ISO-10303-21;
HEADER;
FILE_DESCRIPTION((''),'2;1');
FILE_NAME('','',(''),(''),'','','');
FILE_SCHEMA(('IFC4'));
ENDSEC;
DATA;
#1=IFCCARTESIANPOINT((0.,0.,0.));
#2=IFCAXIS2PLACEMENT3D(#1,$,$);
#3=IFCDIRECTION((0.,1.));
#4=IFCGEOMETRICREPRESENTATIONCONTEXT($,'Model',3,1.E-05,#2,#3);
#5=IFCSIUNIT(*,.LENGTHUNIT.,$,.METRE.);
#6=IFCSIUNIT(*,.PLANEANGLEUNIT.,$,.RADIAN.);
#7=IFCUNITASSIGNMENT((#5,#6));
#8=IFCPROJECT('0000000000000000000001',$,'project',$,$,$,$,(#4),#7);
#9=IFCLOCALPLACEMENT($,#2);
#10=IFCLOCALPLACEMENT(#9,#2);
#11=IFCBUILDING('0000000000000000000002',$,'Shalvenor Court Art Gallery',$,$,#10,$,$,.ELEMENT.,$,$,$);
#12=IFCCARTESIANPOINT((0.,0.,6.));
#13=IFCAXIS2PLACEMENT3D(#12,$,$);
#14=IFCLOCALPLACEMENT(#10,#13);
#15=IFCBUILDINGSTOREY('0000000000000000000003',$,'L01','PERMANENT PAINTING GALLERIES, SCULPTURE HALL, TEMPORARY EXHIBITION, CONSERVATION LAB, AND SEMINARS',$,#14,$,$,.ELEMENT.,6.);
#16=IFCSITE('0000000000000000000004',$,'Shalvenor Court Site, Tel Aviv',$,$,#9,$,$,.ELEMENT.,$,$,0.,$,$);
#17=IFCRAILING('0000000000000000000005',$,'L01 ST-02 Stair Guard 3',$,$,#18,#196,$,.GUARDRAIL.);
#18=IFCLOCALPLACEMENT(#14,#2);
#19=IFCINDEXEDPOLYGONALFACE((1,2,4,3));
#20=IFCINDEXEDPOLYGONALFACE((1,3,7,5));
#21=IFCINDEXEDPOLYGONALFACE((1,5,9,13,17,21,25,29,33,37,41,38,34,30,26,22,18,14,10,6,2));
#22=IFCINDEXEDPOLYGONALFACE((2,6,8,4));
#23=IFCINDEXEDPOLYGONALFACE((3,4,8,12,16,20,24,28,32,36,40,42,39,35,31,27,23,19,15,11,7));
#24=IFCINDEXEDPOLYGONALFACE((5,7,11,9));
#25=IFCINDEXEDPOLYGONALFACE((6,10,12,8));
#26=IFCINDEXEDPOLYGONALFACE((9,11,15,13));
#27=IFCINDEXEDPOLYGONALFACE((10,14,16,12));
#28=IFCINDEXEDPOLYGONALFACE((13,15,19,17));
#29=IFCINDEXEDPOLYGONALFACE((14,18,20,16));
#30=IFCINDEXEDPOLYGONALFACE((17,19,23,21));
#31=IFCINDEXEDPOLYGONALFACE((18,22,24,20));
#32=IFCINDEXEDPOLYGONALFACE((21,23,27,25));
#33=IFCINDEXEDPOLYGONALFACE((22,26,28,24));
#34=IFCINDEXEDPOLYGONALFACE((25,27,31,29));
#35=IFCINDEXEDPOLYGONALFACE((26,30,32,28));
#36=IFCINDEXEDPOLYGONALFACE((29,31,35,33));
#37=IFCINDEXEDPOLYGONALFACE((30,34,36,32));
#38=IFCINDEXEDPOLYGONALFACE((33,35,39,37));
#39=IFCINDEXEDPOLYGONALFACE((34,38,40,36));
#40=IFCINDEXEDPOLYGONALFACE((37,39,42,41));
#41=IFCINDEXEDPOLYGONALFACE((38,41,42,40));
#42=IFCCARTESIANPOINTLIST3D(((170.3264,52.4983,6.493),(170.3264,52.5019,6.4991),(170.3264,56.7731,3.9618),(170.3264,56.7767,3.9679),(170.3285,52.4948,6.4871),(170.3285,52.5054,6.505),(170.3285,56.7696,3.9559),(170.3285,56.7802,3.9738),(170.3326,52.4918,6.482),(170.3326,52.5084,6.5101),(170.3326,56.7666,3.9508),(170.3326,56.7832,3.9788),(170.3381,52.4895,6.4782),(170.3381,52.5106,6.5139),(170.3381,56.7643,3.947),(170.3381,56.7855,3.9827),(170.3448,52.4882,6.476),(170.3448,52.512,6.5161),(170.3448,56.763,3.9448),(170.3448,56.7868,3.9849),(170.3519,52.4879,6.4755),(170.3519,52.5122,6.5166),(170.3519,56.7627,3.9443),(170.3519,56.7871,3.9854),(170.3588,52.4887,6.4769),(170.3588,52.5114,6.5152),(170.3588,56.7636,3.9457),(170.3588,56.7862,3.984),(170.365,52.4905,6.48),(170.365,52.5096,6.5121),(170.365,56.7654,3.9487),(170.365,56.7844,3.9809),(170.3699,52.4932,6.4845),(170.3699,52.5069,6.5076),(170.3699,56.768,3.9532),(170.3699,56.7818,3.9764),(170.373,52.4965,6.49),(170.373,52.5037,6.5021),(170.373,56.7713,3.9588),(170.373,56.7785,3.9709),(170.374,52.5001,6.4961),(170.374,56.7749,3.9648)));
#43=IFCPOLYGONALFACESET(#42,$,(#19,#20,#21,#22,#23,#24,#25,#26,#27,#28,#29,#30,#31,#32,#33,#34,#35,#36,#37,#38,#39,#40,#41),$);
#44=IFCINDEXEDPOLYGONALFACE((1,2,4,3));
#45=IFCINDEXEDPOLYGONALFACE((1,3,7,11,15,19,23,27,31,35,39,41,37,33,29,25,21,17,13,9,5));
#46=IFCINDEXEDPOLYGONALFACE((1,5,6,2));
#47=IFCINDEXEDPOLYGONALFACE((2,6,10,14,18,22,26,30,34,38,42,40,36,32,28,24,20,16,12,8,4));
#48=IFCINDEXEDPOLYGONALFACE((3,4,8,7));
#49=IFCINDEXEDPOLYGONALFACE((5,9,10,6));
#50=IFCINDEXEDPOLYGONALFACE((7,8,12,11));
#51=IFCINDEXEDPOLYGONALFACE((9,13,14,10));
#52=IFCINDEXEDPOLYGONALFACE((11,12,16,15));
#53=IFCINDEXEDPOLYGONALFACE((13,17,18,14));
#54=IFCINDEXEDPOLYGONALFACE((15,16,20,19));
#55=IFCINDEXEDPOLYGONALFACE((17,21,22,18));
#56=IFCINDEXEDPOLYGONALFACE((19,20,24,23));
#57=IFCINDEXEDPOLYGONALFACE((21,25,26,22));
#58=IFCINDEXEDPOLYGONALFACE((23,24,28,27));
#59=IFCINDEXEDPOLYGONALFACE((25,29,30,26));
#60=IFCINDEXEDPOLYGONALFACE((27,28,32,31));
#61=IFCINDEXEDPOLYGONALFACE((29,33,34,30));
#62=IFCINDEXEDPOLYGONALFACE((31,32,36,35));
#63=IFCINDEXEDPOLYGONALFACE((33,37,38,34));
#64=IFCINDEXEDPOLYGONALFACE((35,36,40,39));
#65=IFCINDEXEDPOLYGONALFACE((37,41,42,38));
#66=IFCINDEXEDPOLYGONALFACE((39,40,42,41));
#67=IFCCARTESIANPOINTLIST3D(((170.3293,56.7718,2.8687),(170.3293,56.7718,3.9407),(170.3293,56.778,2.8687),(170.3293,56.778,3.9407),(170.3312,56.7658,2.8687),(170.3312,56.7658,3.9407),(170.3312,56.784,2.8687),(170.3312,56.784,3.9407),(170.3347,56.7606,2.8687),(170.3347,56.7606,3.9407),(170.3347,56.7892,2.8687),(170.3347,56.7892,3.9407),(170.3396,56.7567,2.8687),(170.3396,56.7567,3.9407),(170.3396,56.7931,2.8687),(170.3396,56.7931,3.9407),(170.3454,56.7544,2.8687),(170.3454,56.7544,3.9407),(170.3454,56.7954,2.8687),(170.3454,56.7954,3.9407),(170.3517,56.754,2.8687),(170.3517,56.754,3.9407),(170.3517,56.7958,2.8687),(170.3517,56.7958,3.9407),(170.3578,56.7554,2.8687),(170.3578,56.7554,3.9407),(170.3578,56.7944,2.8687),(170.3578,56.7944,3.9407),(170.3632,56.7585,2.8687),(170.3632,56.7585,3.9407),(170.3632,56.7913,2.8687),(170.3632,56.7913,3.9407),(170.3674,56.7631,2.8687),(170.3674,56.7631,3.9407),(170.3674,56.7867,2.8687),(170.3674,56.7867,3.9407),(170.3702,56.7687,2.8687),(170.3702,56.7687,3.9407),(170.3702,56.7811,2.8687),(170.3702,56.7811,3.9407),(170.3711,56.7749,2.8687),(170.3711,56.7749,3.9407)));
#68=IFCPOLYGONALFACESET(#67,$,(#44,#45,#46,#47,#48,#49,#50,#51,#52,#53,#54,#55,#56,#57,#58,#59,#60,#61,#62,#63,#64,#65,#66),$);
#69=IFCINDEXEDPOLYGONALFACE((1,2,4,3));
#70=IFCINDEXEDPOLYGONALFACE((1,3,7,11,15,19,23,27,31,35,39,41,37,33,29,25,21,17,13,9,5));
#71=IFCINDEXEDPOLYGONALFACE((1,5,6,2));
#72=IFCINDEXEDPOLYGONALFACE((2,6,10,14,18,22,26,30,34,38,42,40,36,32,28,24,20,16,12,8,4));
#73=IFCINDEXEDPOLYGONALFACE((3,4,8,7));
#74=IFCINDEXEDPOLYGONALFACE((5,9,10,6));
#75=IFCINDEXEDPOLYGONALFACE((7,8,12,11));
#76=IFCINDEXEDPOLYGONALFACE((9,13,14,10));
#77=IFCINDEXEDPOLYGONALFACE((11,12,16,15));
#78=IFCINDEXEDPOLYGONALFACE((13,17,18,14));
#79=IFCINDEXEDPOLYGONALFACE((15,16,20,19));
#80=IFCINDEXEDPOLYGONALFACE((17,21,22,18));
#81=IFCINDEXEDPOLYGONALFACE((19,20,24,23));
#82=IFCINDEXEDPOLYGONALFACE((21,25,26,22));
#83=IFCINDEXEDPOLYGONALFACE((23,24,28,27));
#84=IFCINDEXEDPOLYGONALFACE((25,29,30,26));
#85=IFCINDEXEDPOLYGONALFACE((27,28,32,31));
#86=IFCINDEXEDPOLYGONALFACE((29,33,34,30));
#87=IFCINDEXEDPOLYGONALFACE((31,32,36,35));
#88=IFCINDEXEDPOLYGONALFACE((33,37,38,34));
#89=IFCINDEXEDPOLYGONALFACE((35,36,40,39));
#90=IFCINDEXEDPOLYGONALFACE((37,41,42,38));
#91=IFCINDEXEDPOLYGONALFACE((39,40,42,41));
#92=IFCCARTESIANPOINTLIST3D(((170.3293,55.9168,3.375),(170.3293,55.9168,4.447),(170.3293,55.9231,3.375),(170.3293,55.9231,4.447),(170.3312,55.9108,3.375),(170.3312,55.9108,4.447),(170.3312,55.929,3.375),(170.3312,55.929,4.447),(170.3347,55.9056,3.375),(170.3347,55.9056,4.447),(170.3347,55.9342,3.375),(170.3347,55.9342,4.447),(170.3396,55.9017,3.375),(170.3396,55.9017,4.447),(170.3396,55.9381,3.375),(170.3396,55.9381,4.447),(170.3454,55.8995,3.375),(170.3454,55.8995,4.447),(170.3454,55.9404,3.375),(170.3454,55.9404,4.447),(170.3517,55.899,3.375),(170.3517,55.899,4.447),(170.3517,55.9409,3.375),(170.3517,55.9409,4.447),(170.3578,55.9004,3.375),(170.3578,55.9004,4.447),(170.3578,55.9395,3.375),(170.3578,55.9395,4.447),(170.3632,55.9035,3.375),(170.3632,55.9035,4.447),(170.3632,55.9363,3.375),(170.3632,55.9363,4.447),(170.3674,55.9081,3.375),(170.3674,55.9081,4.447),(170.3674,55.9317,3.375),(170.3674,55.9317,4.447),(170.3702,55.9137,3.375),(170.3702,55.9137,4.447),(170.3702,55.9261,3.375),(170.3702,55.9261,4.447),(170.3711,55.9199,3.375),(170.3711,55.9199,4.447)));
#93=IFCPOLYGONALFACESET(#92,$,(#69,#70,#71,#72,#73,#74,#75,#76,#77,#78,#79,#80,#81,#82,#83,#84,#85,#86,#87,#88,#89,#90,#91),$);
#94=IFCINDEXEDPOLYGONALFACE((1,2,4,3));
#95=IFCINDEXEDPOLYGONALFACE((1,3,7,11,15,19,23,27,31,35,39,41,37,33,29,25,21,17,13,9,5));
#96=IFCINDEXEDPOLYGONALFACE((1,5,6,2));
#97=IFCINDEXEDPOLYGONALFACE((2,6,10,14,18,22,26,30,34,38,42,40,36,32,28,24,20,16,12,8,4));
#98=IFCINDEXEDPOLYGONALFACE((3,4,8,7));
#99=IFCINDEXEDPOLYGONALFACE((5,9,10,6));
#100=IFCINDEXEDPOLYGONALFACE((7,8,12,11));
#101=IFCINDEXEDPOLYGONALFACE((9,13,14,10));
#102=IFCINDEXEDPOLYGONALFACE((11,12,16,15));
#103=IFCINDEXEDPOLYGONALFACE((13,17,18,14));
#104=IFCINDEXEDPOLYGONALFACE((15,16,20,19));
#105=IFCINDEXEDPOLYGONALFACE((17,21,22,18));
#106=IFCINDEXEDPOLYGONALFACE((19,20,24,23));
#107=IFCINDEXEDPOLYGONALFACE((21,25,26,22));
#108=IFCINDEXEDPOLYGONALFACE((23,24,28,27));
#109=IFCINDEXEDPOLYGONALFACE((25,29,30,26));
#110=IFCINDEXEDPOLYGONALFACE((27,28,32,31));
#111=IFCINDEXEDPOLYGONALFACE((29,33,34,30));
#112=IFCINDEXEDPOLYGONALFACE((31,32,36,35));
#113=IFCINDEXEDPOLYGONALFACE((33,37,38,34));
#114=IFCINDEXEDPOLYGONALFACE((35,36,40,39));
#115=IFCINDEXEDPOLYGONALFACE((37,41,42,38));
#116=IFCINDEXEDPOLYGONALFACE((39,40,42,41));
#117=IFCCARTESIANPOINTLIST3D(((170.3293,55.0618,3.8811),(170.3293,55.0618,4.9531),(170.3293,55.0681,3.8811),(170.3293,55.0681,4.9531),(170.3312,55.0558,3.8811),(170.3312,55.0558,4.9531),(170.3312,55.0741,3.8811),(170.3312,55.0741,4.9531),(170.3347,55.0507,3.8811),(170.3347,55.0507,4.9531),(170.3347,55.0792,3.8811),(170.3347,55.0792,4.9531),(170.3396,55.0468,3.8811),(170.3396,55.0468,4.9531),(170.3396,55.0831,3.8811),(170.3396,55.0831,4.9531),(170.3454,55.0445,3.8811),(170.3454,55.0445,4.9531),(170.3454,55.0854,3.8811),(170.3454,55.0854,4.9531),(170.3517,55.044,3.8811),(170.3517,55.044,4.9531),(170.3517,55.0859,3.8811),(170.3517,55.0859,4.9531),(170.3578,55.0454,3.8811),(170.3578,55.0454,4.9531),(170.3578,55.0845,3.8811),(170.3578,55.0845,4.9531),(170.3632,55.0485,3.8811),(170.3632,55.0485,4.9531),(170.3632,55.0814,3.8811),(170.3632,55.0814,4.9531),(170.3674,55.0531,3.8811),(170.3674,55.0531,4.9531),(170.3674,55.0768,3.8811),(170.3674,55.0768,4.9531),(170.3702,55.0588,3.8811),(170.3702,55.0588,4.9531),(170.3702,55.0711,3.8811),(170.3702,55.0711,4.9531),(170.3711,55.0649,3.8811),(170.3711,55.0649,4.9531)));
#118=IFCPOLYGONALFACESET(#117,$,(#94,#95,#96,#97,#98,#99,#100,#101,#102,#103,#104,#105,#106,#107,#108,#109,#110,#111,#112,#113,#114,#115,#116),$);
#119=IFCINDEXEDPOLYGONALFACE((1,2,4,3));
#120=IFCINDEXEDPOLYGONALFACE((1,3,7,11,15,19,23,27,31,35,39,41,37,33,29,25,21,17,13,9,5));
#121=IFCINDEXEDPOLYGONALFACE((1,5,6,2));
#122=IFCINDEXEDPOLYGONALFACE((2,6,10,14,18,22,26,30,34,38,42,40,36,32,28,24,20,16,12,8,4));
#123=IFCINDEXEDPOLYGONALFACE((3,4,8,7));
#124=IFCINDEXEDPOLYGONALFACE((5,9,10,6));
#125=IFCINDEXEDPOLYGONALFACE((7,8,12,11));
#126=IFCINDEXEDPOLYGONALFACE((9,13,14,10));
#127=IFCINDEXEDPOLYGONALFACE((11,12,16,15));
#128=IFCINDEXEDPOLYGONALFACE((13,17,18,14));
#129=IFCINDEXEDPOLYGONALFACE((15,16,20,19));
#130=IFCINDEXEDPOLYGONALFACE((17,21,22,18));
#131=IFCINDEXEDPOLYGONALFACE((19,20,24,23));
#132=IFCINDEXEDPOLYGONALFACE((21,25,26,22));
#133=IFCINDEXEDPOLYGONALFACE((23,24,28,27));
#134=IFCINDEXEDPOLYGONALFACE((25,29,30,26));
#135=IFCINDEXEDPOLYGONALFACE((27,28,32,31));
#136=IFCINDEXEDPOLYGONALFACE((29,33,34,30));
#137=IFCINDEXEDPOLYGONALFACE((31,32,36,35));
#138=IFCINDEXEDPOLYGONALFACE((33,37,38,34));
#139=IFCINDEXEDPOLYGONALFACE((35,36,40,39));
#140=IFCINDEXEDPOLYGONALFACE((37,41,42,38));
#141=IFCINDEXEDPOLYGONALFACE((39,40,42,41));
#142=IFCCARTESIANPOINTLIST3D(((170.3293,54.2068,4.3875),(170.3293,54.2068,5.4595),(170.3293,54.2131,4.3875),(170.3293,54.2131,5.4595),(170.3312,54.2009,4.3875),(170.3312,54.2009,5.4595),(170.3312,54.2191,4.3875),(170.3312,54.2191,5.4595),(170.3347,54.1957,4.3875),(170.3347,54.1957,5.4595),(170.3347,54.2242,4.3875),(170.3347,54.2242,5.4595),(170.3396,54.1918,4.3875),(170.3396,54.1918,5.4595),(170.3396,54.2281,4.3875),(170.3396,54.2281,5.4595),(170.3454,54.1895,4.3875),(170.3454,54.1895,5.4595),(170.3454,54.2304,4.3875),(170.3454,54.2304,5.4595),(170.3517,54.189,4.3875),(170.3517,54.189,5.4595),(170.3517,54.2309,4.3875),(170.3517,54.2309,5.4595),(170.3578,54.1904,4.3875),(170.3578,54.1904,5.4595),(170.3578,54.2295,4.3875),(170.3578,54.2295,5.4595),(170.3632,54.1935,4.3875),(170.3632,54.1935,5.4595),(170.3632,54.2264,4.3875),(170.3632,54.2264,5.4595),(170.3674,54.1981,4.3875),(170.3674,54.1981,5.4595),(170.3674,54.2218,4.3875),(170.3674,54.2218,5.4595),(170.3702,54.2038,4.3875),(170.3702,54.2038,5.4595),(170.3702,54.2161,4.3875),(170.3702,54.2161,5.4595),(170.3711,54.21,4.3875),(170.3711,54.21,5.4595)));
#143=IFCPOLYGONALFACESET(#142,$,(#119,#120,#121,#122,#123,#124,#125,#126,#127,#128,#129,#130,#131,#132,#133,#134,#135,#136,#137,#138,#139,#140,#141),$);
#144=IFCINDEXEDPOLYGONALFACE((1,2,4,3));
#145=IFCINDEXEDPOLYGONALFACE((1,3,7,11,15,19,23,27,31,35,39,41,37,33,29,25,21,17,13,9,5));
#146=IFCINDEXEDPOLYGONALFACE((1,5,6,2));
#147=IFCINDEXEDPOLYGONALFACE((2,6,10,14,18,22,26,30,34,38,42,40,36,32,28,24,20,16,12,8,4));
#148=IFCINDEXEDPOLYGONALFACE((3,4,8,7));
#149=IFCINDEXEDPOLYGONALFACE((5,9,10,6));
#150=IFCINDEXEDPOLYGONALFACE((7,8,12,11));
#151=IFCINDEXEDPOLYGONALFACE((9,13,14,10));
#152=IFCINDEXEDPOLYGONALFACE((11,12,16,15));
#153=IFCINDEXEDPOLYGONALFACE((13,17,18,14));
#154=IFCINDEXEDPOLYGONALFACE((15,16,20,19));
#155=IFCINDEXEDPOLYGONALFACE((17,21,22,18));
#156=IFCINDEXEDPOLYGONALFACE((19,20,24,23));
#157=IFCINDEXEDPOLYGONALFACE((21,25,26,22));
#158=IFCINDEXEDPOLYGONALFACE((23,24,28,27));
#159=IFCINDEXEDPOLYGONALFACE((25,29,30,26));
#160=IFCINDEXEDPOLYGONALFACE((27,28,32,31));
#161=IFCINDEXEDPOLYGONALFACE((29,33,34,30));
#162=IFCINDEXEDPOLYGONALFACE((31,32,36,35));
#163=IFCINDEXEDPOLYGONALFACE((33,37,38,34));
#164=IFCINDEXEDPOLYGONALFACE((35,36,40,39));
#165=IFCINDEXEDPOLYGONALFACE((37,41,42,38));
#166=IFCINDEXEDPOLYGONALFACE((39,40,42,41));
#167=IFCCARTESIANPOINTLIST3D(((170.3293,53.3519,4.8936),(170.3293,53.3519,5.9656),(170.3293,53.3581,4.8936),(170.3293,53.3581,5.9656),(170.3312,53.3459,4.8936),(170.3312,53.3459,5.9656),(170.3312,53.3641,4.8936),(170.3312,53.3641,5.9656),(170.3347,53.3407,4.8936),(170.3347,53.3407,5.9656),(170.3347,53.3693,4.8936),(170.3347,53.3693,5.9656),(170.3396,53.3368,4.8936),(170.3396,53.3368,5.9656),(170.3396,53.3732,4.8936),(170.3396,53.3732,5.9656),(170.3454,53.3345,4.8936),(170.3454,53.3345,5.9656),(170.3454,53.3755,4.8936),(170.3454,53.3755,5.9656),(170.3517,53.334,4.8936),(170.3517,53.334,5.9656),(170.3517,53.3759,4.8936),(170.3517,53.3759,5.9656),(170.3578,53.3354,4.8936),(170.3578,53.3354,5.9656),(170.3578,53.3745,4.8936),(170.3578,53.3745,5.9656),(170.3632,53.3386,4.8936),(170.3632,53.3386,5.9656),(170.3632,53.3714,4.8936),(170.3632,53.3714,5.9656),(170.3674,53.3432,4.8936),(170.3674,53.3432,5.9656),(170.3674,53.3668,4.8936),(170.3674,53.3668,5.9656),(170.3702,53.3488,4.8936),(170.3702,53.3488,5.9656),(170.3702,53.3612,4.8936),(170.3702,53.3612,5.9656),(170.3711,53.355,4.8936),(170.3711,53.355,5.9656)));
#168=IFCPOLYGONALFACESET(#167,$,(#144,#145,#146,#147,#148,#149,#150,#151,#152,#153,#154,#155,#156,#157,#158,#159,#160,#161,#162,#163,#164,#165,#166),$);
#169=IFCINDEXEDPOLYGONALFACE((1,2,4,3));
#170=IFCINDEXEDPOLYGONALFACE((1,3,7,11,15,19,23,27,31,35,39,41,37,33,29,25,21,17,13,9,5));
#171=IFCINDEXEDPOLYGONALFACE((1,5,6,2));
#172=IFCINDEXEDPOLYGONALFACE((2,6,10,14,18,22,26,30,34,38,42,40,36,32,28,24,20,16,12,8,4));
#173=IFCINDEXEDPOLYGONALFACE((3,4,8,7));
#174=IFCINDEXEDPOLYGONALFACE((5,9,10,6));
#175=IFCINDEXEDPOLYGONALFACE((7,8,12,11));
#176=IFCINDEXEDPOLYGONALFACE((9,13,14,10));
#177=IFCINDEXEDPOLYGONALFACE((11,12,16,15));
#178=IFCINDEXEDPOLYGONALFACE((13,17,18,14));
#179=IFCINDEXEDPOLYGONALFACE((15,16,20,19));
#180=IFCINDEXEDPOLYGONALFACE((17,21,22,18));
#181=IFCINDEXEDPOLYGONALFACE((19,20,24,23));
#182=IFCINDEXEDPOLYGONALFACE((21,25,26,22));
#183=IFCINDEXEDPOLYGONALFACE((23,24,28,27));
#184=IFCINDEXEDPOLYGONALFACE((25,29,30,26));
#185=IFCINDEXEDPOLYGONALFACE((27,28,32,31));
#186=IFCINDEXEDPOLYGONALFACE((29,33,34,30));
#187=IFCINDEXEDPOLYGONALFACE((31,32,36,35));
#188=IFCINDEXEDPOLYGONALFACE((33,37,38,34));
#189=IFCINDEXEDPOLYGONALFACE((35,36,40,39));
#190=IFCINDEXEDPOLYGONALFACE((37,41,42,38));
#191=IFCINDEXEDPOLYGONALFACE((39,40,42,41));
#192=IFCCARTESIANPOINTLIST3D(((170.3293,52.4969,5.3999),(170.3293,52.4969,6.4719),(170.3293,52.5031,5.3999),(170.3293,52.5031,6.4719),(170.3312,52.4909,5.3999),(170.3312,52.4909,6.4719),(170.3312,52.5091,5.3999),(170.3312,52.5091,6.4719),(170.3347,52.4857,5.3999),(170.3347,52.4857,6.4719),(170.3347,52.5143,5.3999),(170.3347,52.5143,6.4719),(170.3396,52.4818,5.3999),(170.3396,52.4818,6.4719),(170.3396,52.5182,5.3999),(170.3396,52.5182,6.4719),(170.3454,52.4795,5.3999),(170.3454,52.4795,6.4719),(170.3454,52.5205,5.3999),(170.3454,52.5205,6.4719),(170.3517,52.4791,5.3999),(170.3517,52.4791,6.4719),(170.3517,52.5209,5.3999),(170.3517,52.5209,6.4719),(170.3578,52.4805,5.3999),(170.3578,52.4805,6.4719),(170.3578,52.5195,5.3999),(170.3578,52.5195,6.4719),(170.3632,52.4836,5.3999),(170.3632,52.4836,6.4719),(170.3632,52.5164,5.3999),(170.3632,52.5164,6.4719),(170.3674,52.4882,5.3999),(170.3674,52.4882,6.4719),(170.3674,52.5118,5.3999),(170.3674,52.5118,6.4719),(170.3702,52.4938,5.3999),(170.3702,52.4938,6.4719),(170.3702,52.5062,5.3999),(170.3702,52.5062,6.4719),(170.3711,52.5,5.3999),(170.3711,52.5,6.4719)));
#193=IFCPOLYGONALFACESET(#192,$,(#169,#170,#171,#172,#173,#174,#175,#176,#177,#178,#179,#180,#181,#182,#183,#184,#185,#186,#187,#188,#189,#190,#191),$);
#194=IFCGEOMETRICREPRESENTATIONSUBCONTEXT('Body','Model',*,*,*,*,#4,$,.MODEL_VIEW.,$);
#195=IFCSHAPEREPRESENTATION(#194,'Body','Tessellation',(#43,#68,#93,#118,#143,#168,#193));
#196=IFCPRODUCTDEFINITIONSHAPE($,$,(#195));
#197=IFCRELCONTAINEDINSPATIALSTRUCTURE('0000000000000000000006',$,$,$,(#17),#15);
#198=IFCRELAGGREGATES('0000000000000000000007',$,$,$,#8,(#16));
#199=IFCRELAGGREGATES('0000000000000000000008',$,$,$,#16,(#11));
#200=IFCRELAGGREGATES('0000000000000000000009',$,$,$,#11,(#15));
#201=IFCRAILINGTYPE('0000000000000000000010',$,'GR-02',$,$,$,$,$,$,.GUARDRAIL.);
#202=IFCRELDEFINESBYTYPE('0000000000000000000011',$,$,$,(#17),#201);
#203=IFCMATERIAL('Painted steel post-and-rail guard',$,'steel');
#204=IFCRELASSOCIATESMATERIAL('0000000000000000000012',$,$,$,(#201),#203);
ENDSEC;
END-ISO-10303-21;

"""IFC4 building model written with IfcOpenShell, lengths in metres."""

from ifc_helpers import new_model, si_unit, direction, frame, origin, origin_2d, place, context, subcontext, project, spatial, circle, extrude, material, type_object, element, save


model = new_model("IFC4")

# Units and contexts
model_context = context("Model", 3, precision=1e-05, world=origin(), true_north=direction((0.0, 1.0)))
body_context = subcontext(model_context, "Body", "Model", "MODEL_VIEW")
ifc_project = project(units=[si_unit("LENGTHUNIT", "METRE"), si_unit("PLANEANGLEUNIT", "RADIAN")], contexts=[model_context])

# Site, building, storey
site_placement = place(None, origin())
site = spatial("IfcSite", under=ifc_project, at=site_placement, Name="Shalvenor Court Site, Tel Aviv", CompositionType="ELEMENT", RefElevation=0.0)
building_placement = place(site_placement, origin())
building = spatial("IfcBuilding", under=site, at=building_placement, Name="Shalvenor Court Art Gallery", CompositionType="ELEMENT")
storey_placement = place(building_placement, frame((0.0, 0.0, 6.0)))
storey = spatial("IfcBuildingStorey", under=building, at=storey_placement, Name="L01", Description="PERMANENT PAINTING GALLERIES, SCULPTURE HALL, TEMPORARY EXHIBITION, CONSERVATION LAB, AND SEMINARS", CompositionType="ELEMENT", Elevation=6.0)

# Railing
ifc_material_1 = material(Name="Painted steel post-and-rail guard", Category="steel")
railing_type_1 = type_object("IfcRailingType", Name="GR-02", PredefinedType="GUARDRAIL", material=ifc_material_1)
railing_1_placement = place(storey_placement, frame((170.3501, 56.7749, 2.8687)))
element("IfcRailing", 1, at=railing_1_placement, inside=storey, type_object=railing_type_1, Name="L01 ST-02 Stair Guard 3", PredefinedType="GUARDRAIL", context=body_context, shape_type="SweptSolid", body=[
    extrude(circle(Radius=0.0239, at=origin_2d()), frame((0.0, 0.0, 1.0962), z_axis=(0.0, -0.86047, 0.509501), x_axis=(1.0, 0.0, 0.0)), (0.0, 0.0, 1.0), 4.968),
    extrude(circle(Radius=0.021, at=origin_2d()), origin(), (0.0, 0.0, 1.0), 1.072),
    extrude(circle(Radius=0.021, at=origin_2d()), frame((0.0, -0.855, 0.5063)), (0.0, 0.0, 1.0), 1.072),
    extrude(circle(Radius=0.021, at=origin_2d()), frame((0.0, -1.71, 1.0125)), (0.0, 0.0, 1.0), 1.072),
    extrude(circle(Radius=0.021, at=origin_2d()), frame((0.0, -2.5649, 1.5188)), (0.0, 0.0, 1.0), 1.072),
    extrude(circle(Radius=0.021, at=origin_2d()), frame((0.0, -3.4199, 2.0249)), (0.0, 0.0, 1.0), 1.072),
    extrude(circle(Radius=0.021, at=origin_2d()), frame((0.0, -4.2749, 2.5312)), (0.0, 0.0, 1.0), 1.072),
])

save(model, "model.ifc")
